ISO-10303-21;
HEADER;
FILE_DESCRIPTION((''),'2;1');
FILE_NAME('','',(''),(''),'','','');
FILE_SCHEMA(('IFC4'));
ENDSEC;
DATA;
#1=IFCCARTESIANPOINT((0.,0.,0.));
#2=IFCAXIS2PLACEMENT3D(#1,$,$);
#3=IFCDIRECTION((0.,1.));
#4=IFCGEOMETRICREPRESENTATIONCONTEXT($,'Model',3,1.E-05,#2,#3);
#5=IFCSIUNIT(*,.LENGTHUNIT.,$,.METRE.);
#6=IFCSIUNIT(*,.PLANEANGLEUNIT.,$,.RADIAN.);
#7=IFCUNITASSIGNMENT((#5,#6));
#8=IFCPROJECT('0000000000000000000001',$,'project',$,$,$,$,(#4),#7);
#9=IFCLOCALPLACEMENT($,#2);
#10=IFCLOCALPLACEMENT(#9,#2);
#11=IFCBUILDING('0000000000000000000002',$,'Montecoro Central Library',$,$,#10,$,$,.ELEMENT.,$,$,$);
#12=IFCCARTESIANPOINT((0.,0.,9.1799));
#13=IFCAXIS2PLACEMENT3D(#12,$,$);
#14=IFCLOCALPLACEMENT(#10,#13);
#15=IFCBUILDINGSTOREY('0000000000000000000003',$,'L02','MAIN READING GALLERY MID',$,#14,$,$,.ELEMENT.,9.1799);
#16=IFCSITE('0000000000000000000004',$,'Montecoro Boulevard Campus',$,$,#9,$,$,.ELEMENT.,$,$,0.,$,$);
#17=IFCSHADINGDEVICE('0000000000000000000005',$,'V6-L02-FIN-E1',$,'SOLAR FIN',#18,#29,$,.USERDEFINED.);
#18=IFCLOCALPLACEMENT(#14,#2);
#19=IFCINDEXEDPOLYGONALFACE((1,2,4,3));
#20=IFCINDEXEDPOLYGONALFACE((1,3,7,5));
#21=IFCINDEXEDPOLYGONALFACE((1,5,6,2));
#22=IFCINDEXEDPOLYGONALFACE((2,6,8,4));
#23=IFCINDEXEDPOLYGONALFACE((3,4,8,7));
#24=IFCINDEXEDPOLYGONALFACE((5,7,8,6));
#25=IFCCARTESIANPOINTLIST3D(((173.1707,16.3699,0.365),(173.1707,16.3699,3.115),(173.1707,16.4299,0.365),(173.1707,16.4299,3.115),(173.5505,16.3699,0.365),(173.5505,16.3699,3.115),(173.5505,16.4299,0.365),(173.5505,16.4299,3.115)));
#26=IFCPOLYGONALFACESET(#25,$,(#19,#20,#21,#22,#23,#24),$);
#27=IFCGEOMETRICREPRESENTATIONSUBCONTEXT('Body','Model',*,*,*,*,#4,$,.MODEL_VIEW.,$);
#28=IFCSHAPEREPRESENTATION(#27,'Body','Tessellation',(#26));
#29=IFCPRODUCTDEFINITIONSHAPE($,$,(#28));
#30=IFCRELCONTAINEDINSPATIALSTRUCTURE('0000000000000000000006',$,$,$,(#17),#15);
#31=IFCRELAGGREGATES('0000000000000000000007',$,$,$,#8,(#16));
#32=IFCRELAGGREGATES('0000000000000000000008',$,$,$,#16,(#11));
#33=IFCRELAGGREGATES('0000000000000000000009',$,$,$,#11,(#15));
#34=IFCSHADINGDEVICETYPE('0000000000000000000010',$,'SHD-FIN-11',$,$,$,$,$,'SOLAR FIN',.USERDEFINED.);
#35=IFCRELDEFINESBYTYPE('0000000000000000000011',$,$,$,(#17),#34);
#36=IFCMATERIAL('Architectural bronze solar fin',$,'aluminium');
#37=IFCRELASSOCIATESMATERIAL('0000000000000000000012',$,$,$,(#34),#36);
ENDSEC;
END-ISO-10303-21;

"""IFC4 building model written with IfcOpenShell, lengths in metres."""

from ifc_helpers import new_model, si_unit, direction, frame, origin, origin_2d, place, context, subcontext, project, spatial, rectangle, extrude, material, type_object, element, save


model = new_model("IFC4")

# Units and contexts
model_context = context("Model", 3, precision=1e-05, world=origin(), true_north=direction((0.0, 1.0)))
body_context = subcontext(model_context, "Body", "Model", "MODEL_VIEW")
ifc_project = project(units=[si_unit("LENGTHUNIT", "METRE"), si_unit("PLANEANGLEUNIT", "RADIAN")], contexts=[model_context])

# Site, building, storey
site_placement = place(None, origin())
site = spatial("IfcSite", under=ifc_project, at=site_placement, Name="Montecoro Boulevard Campus", CompositionType="ELEMENT", RefElevation=0.0)
building_placement = place(site_placement, origin())
building = spatial("IfcBuilding", under=site, at=building_placement, Name="Montecoro Central Library", CompositionType="ELEMENT")
storey_placement = place(building_placement, frame((0.0, 0.0, 9.1799)))
storey = spatial("IfcBuildingStorey", under=building, at=storey_placement, Name="L02", Description="MAIN READING GALLERY MID", CompositionType="ELEMENT", Elevation=9.1799)

# Shading device
ifc_material_1 = material(Name="Architectural bronze solar fin", Category="aluminium")
shading_device_type = type_object("IfcShadingDeviceType", Name="SHD-FIN-11", ElementType="SOLAR FIN", PredefinedType="USERDEFINED", material=ifc_material_1)
shading_device_placement = place(storey_placement, frame((173.3606, 16.3999, 0.365), z_axis=(0.0, 0.0, 1.0), x_axis=(0.0, 1.0, 0.0)))
element("IfcShadingDevice", 1, at=shading_device_placement, inside=storey, type_object=shading_device_type, Name="V6-L02-FIN-E1", ObjectType="SOLAR FIN", PredefinedType="USERDEFINED", context=body_context, shape_type="SweptSolid", body=[
    extrude(rectangle(XDim=0.0601, YDim=0.3799, at=origin_2d()), origin(), (0.0, 0.0, 1.0), 2.75),
])

save(model, "model.ifc")
